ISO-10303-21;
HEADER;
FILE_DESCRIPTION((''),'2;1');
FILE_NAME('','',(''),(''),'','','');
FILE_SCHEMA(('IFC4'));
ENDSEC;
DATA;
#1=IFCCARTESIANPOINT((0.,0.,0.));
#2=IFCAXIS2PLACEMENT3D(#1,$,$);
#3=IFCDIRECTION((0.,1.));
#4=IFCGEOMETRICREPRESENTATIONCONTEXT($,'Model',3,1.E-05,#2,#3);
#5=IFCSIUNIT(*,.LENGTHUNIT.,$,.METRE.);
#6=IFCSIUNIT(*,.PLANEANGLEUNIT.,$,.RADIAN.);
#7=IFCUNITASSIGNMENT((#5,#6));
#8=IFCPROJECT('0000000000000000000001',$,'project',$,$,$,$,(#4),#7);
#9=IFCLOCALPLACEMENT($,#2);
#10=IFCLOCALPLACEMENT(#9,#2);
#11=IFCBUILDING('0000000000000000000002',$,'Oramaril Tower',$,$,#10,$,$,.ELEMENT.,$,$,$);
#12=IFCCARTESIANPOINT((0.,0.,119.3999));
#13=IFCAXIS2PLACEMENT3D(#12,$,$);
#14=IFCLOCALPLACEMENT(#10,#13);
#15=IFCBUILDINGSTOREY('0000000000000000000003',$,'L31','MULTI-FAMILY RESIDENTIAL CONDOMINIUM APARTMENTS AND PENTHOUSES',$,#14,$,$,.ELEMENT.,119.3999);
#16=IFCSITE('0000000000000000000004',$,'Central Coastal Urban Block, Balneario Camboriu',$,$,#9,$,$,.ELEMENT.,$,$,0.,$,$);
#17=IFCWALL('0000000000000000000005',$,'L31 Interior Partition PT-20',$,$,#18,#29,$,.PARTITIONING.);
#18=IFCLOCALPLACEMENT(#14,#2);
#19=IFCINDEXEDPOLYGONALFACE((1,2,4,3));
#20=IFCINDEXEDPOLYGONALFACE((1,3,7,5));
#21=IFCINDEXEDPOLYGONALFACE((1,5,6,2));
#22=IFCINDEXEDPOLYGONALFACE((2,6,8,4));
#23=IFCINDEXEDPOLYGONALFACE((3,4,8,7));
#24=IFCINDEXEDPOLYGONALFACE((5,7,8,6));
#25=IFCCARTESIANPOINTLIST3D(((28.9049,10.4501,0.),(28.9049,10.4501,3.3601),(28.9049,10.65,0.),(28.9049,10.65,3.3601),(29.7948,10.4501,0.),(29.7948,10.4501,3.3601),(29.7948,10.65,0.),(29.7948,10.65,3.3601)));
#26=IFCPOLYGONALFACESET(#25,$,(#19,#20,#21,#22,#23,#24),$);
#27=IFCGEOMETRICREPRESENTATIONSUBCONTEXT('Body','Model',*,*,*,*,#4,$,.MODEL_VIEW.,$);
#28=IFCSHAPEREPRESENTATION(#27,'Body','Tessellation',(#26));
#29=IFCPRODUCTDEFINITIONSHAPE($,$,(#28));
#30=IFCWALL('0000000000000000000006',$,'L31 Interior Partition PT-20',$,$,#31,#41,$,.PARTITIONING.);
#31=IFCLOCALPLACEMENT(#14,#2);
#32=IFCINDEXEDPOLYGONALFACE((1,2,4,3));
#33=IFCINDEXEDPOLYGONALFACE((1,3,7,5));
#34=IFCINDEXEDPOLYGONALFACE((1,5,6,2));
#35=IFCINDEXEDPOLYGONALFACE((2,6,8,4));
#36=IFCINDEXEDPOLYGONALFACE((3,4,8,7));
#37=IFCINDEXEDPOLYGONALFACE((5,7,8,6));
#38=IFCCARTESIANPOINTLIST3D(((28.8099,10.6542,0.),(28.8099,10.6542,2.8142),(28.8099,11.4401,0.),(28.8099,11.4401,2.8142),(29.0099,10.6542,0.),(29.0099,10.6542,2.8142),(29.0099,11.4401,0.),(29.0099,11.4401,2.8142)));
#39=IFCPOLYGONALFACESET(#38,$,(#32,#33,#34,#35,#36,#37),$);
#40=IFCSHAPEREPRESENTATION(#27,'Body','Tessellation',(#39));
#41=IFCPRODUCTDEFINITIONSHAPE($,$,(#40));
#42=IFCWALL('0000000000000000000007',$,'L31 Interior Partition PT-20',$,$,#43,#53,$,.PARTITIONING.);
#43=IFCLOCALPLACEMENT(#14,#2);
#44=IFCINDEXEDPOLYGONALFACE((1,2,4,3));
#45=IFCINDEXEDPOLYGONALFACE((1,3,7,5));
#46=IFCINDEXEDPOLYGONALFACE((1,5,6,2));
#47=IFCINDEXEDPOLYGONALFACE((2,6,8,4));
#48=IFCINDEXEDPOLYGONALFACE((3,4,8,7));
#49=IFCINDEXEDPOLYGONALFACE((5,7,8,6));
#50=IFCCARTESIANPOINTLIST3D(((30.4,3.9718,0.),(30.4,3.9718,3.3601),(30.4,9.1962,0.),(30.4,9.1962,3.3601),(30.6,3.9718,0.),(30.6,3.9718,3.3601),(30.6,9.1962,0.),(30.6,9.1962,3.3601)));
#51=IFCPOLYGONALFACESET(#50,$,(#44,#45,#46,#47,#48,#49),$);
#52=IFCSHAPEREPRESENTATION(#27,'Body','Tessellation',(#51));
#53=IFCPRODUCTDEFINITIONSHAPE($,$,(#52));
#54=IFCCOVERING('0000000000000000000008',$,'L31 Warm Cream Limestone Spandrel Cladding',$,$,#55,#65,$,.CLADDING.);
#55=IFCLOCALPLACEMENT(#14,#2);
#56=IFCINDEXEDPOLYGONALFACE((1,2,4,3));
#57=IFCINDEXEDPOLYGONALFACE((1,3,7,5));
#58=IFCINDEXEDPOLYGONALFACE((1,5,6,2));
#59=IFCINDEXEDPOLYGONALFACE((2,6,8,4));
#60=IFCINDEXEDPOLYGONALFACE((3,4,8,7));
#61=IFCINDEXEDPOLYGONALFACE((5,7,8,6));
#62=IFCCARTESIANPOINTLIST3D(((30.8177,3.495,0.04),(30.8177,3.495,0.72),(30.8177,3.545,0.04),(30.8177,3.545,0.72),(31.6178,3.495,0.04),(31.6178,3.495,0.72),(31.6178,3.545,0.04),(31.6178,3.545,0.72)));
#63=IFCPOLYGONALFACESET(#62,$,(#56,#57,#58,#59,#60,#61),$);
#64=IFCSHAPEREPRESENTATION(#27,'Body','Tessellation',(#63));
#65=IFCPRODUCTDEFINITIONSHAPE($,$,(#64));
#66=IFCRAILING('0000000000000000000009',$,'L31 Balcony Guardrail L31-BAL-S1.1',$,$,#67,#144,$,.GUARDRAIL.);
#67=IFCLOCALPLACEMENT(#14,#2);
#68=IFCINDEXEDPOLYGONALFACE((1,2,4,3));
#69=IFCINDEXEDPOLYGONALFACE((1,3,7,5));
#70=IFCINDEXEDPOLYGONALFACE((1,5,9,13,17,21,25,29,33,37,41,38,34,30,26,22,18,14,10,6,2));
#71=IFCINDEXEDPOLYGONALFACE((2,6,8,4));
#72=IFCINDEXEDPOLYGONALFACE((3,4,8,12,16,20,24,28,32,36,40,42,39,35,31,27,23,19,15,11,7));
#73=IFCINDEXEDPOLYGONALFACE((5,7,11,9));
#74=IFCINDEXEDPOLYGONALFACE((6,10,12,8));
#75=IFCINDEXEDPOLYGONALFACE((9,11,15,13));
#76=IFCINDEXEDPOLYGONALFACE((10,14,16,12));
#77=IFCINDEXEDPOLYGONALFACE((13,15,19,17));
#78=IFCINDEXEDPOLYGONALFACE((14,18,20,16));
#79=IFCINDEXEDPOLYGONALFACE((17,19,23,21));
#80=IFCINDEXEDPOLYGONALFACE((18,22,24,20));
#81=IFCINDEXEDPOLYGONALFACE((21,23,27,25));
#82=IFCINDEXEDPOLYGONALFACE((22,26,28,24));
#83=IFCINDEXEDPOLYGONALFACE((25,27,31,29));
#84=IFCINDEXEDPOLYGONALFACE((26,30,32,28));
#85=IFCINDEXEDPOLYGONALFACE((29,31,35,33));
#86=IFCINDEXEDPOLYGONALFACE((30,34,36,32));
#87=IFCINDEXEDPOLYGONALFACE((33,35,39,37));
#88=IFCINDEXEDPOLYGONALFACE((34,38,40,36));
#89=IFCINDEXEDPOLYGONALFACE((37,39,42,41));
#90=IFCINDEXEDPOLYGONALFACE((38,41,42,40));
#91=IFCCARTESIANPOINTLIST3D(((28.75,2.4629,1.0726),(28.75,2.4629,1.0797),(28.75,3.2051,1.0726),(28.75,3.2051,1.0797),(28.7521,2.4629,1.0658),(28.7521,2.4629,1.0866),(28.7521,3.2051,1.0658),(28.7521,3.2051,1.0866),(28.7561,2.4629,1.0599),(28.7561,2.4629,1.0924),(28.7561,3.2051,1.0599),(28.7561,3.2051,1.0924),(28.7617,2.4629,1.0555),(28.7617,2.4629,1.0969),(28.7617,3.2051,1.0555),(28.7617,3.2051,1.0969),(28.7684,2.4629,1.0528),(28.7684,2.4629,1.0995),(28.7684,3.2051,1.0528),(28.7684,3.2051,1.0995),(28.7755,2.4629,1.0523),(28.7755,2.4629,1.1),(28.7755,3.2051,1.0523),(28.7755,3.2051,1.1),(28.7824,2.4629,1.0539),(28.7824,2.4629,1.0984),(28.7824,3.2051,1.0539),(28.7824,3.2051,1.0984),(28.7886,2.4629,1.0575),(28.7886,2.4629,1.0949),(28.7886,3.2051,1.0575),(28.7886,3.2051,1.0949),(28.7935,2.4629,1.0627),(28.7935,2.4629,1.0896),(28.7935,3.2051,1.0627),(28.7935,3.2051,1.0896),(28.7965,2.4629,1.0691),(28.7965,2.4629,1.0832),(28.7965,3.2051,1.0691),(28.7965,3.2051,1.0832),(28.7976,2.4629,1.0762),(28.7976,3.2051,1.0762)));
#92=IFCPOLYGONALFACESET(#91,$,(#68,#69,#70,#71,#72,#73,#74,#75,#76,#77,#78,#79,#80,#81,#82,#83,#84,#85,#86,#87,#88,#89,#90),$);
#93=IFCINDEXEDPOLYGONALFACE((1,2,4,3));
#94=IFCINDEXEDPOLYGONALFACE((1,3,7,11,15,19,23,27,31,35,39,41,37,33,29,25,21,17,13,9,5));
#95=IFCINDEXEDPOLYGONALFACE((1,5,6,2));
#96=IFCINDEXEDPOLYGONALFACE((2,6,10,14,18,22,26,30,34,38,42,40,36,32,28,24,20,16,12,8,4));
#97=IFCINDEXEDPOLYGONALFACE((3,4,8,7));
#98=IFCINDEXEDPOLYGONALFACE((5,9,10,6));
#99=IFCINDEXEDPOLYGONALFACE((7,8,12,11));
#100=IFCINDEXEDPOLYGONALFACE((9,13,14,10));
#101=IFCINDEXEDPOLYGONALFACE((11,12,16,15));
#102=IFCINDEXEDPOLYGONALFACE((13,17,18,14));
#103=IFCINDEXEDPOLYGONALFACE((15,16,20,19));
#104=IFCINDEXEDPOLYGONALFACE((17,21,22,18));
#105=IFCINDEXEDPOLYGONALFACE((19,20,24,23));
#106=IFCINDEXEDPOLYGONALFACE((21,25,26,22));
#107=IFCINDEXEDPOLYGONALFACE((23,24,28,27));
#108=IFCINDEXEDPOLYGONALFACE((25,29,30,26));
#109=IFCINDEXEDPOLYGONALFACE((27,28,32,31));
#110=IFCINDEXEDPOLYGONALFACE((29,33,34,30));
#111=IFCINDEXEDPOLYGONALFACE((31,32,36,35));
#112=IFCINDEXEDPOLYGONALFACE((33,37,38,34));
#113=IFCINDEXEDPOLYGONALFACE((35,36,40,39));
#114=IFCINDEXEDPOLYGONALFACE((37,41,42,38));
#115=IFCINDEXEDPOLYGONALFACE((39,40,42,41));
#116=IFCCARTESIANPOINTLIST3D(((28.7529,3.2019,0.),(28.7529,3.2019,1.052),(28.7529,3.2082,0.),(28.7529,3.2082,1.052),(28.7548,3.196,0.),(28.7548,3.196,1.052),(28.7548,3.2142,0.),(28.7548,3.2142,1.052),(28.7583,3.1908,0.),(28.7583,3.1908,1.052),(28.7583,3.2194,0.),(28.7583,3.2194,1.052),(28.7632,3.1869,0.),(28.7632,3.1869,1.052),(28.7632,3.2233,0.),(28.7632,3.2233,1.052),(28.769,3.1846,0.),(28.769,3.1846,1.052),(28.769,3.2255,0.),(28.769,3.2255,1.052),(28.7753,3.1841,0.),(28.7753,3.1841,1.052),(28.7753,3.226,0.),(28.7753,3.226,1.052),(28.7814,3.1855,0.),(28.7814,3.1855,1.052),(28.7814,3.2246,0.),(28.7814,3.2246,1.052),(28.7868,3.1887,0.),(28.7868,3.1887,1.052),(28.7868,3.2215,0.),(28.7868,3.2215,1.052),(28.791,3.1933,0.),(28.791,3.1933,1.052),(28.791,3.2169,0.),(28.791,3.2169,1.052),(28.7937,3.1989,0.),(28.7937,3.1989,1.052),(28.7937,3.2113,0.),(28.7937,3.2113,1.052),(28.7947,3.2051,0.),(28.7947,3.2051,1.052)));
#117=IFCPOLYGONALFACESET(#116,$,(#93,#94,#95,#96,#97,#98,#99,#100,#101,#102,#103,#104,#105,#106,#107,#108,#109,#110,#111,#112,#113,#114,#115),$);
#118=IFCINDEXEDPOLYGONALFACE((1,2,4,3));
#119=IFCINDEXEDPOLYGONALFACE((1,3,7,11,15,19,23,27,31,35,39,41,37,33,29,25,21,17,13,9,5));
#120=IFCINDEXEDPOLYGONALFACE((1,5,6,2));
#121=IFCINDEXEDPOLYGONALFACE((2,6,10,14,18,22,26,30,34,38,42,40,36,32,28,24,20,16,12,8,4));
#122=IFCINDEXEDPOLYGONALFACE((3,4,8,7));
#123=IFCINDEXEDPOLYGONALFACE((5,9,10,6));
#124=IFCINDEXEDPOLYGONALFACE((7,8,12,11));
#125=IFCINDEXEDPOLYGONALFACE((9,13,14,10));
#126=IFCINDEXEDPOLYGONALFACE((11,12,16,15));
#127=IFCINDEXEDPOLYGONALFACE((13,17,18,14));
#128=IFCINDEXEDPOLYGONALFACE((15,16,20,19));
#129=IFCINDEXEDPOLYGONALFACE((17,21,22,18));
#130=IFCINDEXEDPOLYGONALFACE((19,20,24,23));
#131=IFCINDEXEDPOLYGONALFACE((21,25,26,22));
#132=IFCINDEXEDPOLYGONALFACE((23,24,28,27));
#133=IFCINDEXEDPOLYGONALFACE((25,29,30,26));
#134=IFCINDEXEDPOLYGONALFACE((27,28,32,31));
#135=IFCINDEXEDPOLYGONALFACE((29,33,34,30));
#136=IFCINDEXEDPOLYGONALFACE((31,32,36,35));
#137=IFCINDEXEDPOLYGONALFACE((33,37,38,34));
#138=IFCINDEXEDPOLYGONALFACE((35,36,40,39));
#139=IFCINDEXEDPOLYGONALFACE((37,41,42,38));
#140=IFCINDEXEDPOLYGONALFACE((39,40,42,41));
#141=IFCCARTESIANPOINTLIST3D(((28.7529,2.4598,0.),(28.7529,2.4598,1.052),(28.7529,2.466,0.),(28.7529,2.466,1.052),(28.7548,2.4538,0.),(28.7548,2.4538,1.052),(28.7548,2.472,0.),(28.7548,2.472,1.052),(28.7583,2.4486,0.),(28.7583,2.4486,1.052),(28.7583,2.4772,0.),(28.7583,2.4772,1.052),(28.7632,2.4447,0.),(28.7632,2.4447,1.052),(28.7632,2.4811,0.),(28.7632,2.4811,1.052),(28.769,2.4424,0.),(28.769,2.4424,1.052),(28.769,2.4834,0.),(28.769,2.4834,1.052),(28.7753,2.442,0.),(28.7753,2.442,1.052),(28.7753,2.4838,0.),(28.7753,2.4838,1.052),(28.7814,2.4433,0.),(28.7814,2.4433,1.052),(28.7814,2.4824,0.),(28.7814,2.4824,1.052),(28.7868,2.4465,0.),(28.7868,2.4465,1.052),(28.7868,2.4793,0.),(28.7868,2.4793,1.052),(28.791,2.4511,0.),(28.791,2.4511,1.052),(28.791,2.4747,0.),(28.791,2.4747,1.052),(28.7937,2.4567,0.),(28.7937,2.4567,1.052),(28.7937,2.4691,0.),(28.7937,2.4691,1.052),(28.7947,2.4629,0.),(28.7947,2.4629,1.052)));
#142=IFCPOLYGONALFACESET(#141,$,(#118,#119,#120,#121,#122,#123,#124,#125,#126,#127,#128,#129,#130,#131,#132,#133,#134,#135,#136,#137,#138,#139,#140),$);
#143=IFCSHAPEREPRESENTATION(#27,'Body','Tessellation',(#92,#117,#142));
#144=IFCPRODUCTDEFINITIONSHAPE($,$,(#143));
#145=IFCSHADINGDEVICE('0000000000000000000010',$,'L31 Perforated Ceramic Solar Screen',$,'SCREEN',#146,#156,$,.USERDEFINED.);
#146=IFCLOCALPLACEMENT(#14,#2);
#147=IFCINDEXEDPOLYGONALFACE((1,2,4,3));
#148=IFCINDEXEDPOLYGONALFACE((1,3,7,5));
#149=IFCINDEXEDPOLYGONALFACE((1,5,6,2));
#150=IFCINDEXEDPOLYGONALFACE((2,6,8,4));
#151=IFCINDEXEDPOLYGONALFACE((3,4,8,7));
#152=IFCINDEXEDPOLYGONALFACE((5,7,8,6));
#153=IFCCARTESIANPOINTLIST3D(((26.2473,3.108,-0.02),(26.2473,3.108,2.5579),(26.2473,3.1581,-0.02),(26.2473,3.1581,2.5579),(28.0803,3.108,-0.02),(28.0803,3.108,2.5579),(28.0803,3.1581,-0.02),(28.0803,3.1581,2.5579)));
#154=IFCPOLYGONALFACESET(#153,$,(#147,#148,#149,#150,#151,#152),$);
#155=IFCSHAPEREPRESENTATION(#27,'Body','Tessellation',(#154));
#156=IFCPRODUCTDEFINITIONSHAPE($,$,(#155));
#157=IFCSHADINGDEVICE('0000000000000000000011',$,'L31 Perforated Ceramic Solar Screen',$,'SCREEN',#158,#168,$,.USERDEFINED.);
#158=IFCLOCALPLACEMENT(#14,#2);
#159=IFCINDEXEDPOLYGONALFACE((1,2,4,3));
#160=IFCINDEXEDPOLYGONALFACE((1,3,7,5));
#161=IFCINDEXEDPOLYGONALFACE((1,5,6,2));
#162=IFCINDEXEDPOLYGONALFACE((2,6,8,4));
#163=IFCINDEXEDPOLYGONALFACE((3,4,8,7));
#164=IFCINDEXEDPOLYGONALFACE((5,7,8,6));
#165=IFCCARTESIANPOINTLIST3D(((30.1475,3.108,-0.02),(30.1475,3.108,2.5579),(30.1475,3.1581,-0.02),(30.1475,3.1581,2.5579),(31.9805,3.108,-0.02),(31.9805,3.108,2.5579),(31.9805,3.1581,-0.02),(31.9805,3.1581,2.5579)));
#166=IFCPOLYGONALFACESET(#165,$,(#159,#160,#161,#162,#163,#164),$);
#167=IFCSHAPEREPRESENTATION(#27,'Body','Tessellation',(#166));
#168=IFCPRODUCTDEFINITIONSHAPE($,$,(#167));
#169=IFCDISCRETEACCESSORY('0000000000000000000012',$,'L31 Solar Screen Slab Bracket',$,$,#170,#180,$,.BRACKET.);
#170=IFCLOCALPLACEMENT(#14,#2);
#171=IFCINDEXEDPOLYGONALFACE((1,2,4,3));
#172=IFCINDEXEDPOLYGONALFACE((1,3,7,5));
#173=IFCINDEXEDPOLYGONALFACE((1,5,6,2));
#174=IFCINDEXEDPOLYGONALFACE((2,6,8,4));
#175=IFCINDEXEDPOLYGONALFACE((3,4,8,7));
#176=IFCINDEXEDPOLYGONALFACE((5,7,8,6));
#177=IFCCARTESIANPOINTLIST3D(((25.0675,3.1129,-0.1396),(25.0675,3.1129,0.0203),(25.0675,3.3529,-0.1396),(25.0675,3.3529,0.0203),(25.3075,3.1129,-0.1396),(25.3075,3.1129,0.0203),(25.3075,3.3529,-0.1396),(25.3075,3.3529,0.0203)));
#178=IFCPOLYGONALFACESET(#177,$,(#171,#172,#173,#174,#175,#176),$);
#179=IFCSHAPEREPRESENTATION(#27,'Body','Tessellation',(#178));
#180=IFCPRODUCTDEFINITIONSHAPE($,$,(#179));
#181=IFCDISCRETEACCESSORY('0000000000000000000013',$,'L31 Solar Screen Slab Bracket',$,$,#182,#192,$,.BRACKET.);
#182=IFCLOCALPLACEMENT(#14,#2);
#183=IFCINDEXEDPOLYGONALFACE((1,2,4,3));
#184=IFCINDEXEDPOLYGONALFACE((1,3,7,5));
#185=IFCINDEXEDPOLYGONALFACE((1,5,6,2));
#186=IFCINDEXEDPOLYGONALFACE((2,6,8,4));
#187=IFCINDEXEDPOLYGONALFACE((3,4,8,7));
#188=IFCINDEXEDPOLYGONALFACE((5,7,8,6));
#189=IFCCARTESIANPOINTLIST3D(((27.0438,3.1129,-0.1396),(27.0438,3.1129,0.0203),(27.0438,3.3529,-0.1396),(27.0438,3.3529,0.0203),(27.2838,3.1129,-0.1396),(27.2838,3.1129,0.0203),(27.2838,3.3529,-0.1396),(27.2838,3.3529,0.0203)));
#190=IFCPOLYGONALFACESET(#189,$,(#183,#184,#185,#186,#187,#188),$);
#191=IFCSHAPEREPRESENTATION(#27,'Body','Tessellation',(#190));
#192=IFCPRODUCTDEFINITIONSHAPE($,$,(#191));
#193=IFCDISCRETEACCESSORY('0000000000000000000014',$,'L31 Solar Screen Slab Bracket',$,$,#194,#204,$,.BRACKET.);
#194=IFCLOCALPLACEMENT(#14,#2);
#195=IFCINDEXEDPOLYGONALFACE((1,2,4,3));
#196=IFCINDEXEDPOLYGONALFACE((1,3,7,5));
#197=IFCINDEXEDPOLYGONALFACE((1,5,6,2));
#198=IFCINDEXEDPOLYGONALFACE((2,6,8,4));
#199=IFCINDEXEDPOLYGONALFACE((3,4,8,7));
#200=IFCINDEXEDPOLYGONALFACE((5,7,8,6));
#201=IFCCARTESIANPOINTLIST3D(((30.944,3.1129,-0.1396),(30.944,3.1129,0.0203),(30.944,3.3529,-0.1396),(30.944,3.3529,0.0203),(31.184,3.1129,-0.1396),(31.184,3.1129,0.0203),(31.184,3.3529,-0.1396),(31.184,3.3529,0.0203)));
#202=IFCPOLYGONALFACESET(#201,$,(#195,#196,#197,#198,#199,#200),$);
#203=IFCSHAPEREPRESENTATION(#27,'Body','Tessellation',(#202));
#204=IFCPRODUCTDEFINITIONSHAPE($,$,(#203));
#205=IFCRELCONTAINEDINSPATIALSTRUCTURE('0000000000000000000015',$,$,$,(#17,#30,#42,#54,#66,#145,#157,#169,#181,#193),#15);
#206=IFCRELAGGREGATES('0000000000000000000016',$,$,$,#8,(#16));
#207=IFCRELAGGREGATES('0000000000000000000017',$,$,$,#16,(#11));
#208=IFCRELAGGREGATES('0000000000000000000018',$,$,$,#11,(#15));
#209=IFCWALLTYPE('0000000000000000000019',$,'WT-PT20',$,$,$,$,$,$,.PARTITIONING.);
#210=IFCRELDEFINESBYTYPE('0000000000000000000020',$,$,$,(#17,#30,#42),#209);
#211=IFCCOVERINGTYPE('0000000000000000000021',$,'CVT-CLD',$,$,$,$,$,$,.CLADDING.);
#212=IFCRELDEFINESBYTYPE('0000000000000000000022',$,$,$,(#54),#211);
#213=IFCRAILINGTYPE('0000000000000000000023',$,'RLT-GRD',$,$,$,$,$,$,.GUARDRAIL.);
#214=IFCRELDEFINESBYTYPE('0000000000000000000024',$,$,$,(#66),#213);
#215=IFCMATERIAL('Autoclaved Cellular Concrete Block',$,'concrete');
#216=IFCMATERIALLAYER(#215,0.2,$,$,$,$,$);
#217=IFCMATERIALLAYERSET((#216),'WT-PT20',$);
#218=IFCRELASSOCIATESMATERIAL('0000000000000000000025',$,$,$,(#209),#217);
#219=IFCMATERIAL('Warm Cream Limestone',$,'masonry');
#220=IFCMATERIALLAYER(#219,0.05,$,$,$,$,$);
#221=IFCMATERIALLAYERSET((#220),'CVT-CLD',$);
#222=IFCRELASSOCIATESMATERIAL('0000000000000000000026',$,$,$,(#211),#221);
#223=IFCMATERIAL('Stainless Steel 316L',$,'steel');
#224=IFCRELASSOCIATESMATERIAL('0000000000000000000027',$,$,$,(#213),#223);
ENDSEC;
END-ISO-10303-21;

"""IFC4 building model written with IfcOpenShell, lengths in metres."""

from ifc_helpers import new_model, si_unit, direction, frame, frame_2d, origin, origin_2d, place, context, subcontext, project, spatial, rectangle, circle, extrude, material, layer, layer_set, type_object, element, save


model = new_model("IFC4")

# Units and contexts
model_context = context("Model", 3, precision=1e-05, world=origin(), true_north=direction((0.0, 1.0)))
body_context = subcontext(model_context, "Body", "Model", "MODEL_VIEW")
ifc_project = project(units=[si_unit("LENGTHUNIT", "METRE"), si_unit("PLANEANGLEUNIT", "RADIAN")], contexts=[model_context])

# Site, building, storey
site_placement = place(None, origin())
site = spatial("IfcSite", under=ifc_project, at=site_placement, Name="Central Coastal Urban Block, Balneario Camboriu", CompositionType="ELEMENT", RefElevation=0.0)
building_placement = place(site_placement, origin())
building = spatial("IfcBuilding", under=site, at=building_placement, Name="Oramaril Tower", CompositionType="ELEMENT")
storey_placement = place(building_placement, frame((0.0, 0.0, 119.3999)))
storey = spatial("IfcBuildingStorey", under=building, at=storey_placement, Name="L31", Description="MULTI-FAMILY RESIDENTIAL CONDOMINIUM APARTMENTS AND PENTHOUSES", CompositionType="ELEMENT", Elevation=119.3999)

# Walls
ifc_material_1 = material(Name="Autoclaved Cellular Concrete Block", Category="concrete")
ifc_layer_1 = layer(ifc_material_1, 0.2)
ifc_layer_set_1 = layer_set([ifc_layer_1], Name="WT-PT20")
wall_type = type_object("IfcWallType", Name="WT-PT20", PredefinedType="PARTITIONING", material=ifc_layer_set_1)
wall_1_placement = place(storey_placement, frame((28.905, 10.55, 0.0), z_axis=(0.0, 0.0, 1.0), x_axis=(1.0, 0.0, 0.0)))
element("IfcWall", 1, at=wall_1_placement, inside=storey, type_object=wall_type, Name="L31 Interior Partition PT-20", PredefinedType="PARTITIONING", context=body_context, shape_type="SweptSolid", body=[
    extrude(rectangle(XDim=0.8899, YDim=0.2, at=frame_2d((0.4448, 0.0))), origin(), (0.0, 0.0, 1.0), 3.3601),
])
wall_2_placement = place(storey_placement, frame((28.9099, 10.6541, 0.0), z_axis=(0.0, 0.0, 1.0), x_axis=(0.0, 1.0, 0.0)))
element("IfcWall", 2, at=wall_2_placement, inside=storey, type_object=wall_type, Name="L31 Interior Partition PT-20", PredefinedType="PARTITIONING", context=body_context, shape_type="SweptSolid", body=[
    extrude(rectangle(XDim=0.7859, YDim=0.2, at=frame_2d((0.3931, 0.0))), origin(), (0.0, 0.0, 1.0), 2.8142),
])
wall_3_placement = place(storey_placement, frame((30.5, 3.9717, 0.0), z_axis=(0.0, 0.0, 1.0), x_axis=(0.0, 1.0, 0.0)))
element("IfcWall", 3, at=wall_3_placement, inside=storey, type_object=wall_type, Name="L31 Interior Partition PT-20", PredefinedType="PARTITIONING", context=body_context, shape_type="SweptSolid", body=[
    extrude(rectangle(XDim=5.2244, YDim=0.2, at=frame_2d((2.6123, 0.0))), origin(), (0.0, 0.0, 1.0), 3.3601),
])

# Covering
ifc_material_2 = material(Name="Warm Cream Limestone", Category="masonry")
ifc_layer_2 = layer(ifc_material_2, 0.05)
ifc_layer_set_2 = layer_set([ifc_layer_2], Name="CVT-CLD")
covering_type = type_object("IfcCoveringType", Name="CVT-CLD", PredefinedType="CLADDING", material=ifc_layer_set_2)
covering_placement = place(storey_placement, frame((31.2178, 3.52, 0.04), z_axis=(0.0, 0.0, 1.0), x_axis=(1.0, 0.0, 0.0)))
element("IfcCovering", 4, at=covering_placement, inside=storey, type_object=covering_type, Name="L31 Warm Cream Limestone Spandrel Cladding", PredefinedType="CLADDING", context=body_context, shape_type="SweptSolid", body=[
    extrude(rectangle(XDim=0.8, YDim=0.05, at=origin_2d()), origin(), (0.0, 0.0, 1.0), 0.6799),
])

# Railing
ifc_material_3 = material(Name="Stainless Steel 316L", Category="steel")
railing_type = type_object("IfcRailingType", Name="RLT-GRD", PredefinedType="GUARDRAIL", material=ifc_material_3)
railing_1_placement = place(storey_placement, frame((28.7737, 3.2051, 0.0)))
element("IfcRailing", 5, at=railing_1_placement, inside=storey, type_object=railing_type, Name="L31 Balcony Guardrail L31-BAL-S1.1", PredefinedType="GUARDRAIL", context=body_context, shape_type="SweptSolid", body=[
    extrude(circle(Radius=0.0239, at=origin_2d()), frame((0.0, 0.0, 1.0762), z_axis=(0.0, -1.0, 0.0), x_axis=(1.0, 0.0, 0.0)), (0.0, 0.0, 1.0), 0.7422),
    extrude(circle(Radius=0.021, at=origin_2d()), origin(), (0.0, 0.0, 1.0), 1.052),
    extrude(circle(Radius=0.021, at=origin_2d()), frame((0.0, -0.7422, 0.0)), (0.0, 0.0, 1.0), 1.052),
])

# Shading devices
for number, where, z_axis, x_axis, name in (
    (6, (27.1638, 3.1331, -0.02), (0.0, 0.0, 1.0), (1.0, 0.0, 0.0), "L31 Perforated Ceramic Solar Screen"),
    (7, (31.064, 3.1331, -0.02), (0.0, 0.0, 1.0), (1.0, 0.0, 0.0), "L31 Perforated Ceramic Solar Screen"),
):
    element("IfcShadingDevice", number, at=place(storey_placement, frame(where, z_axis=z_axis, x_axis=x_axis)), inside=storey, Name=name, ObjectType="SCREEN", PredefinedType="USERDEFINED", context=body_context, shape_type="SweptSolid", body=[
        extrude(rectangle(XDim=1.833, YDim=0.05, at=origin_2d()), origin(), (0.0, 0.0, 1.0), 2.5779),
    ])

# Discrete accessories
for number, where, z_axis, x_axis, name in (
    (8, (25.1875, 3.2329, -0.1396), (0.0, 0.0, 1.0), (1.0, 0.0, 0.0), "L31 Solar Screen Slab Bracket"),
    (9, (27.1638, 3.2329, -0.1396), (0.0, 0.0, 1.0), (1.0, 0.0, 0.0), "L31 Solar Screen Slab Bracket"),
    (10, (31.064, 3.2329, -0.1396), (0.0, 0.0, 1.0), (1.0, 0.0, 0.0), "L31 Solar Screen Slab Bracket"),
):
    element("IfcDiscreteAccessory", number, at=place(storey_placement, frame(where, z_axis=z_axis, x_axis=x_axis)), inside=storey, Name=name, PredefinedType="BRACKET", context=body_context, shape_type="SweptSolid", body=[
        extrude(rectangle(XDim=0.24, YDim=0.24, at=origin_2d()), origin(), (0.0, 0.0, 1.0), 0.1599),
    ])

save(model, "model.ifc")
